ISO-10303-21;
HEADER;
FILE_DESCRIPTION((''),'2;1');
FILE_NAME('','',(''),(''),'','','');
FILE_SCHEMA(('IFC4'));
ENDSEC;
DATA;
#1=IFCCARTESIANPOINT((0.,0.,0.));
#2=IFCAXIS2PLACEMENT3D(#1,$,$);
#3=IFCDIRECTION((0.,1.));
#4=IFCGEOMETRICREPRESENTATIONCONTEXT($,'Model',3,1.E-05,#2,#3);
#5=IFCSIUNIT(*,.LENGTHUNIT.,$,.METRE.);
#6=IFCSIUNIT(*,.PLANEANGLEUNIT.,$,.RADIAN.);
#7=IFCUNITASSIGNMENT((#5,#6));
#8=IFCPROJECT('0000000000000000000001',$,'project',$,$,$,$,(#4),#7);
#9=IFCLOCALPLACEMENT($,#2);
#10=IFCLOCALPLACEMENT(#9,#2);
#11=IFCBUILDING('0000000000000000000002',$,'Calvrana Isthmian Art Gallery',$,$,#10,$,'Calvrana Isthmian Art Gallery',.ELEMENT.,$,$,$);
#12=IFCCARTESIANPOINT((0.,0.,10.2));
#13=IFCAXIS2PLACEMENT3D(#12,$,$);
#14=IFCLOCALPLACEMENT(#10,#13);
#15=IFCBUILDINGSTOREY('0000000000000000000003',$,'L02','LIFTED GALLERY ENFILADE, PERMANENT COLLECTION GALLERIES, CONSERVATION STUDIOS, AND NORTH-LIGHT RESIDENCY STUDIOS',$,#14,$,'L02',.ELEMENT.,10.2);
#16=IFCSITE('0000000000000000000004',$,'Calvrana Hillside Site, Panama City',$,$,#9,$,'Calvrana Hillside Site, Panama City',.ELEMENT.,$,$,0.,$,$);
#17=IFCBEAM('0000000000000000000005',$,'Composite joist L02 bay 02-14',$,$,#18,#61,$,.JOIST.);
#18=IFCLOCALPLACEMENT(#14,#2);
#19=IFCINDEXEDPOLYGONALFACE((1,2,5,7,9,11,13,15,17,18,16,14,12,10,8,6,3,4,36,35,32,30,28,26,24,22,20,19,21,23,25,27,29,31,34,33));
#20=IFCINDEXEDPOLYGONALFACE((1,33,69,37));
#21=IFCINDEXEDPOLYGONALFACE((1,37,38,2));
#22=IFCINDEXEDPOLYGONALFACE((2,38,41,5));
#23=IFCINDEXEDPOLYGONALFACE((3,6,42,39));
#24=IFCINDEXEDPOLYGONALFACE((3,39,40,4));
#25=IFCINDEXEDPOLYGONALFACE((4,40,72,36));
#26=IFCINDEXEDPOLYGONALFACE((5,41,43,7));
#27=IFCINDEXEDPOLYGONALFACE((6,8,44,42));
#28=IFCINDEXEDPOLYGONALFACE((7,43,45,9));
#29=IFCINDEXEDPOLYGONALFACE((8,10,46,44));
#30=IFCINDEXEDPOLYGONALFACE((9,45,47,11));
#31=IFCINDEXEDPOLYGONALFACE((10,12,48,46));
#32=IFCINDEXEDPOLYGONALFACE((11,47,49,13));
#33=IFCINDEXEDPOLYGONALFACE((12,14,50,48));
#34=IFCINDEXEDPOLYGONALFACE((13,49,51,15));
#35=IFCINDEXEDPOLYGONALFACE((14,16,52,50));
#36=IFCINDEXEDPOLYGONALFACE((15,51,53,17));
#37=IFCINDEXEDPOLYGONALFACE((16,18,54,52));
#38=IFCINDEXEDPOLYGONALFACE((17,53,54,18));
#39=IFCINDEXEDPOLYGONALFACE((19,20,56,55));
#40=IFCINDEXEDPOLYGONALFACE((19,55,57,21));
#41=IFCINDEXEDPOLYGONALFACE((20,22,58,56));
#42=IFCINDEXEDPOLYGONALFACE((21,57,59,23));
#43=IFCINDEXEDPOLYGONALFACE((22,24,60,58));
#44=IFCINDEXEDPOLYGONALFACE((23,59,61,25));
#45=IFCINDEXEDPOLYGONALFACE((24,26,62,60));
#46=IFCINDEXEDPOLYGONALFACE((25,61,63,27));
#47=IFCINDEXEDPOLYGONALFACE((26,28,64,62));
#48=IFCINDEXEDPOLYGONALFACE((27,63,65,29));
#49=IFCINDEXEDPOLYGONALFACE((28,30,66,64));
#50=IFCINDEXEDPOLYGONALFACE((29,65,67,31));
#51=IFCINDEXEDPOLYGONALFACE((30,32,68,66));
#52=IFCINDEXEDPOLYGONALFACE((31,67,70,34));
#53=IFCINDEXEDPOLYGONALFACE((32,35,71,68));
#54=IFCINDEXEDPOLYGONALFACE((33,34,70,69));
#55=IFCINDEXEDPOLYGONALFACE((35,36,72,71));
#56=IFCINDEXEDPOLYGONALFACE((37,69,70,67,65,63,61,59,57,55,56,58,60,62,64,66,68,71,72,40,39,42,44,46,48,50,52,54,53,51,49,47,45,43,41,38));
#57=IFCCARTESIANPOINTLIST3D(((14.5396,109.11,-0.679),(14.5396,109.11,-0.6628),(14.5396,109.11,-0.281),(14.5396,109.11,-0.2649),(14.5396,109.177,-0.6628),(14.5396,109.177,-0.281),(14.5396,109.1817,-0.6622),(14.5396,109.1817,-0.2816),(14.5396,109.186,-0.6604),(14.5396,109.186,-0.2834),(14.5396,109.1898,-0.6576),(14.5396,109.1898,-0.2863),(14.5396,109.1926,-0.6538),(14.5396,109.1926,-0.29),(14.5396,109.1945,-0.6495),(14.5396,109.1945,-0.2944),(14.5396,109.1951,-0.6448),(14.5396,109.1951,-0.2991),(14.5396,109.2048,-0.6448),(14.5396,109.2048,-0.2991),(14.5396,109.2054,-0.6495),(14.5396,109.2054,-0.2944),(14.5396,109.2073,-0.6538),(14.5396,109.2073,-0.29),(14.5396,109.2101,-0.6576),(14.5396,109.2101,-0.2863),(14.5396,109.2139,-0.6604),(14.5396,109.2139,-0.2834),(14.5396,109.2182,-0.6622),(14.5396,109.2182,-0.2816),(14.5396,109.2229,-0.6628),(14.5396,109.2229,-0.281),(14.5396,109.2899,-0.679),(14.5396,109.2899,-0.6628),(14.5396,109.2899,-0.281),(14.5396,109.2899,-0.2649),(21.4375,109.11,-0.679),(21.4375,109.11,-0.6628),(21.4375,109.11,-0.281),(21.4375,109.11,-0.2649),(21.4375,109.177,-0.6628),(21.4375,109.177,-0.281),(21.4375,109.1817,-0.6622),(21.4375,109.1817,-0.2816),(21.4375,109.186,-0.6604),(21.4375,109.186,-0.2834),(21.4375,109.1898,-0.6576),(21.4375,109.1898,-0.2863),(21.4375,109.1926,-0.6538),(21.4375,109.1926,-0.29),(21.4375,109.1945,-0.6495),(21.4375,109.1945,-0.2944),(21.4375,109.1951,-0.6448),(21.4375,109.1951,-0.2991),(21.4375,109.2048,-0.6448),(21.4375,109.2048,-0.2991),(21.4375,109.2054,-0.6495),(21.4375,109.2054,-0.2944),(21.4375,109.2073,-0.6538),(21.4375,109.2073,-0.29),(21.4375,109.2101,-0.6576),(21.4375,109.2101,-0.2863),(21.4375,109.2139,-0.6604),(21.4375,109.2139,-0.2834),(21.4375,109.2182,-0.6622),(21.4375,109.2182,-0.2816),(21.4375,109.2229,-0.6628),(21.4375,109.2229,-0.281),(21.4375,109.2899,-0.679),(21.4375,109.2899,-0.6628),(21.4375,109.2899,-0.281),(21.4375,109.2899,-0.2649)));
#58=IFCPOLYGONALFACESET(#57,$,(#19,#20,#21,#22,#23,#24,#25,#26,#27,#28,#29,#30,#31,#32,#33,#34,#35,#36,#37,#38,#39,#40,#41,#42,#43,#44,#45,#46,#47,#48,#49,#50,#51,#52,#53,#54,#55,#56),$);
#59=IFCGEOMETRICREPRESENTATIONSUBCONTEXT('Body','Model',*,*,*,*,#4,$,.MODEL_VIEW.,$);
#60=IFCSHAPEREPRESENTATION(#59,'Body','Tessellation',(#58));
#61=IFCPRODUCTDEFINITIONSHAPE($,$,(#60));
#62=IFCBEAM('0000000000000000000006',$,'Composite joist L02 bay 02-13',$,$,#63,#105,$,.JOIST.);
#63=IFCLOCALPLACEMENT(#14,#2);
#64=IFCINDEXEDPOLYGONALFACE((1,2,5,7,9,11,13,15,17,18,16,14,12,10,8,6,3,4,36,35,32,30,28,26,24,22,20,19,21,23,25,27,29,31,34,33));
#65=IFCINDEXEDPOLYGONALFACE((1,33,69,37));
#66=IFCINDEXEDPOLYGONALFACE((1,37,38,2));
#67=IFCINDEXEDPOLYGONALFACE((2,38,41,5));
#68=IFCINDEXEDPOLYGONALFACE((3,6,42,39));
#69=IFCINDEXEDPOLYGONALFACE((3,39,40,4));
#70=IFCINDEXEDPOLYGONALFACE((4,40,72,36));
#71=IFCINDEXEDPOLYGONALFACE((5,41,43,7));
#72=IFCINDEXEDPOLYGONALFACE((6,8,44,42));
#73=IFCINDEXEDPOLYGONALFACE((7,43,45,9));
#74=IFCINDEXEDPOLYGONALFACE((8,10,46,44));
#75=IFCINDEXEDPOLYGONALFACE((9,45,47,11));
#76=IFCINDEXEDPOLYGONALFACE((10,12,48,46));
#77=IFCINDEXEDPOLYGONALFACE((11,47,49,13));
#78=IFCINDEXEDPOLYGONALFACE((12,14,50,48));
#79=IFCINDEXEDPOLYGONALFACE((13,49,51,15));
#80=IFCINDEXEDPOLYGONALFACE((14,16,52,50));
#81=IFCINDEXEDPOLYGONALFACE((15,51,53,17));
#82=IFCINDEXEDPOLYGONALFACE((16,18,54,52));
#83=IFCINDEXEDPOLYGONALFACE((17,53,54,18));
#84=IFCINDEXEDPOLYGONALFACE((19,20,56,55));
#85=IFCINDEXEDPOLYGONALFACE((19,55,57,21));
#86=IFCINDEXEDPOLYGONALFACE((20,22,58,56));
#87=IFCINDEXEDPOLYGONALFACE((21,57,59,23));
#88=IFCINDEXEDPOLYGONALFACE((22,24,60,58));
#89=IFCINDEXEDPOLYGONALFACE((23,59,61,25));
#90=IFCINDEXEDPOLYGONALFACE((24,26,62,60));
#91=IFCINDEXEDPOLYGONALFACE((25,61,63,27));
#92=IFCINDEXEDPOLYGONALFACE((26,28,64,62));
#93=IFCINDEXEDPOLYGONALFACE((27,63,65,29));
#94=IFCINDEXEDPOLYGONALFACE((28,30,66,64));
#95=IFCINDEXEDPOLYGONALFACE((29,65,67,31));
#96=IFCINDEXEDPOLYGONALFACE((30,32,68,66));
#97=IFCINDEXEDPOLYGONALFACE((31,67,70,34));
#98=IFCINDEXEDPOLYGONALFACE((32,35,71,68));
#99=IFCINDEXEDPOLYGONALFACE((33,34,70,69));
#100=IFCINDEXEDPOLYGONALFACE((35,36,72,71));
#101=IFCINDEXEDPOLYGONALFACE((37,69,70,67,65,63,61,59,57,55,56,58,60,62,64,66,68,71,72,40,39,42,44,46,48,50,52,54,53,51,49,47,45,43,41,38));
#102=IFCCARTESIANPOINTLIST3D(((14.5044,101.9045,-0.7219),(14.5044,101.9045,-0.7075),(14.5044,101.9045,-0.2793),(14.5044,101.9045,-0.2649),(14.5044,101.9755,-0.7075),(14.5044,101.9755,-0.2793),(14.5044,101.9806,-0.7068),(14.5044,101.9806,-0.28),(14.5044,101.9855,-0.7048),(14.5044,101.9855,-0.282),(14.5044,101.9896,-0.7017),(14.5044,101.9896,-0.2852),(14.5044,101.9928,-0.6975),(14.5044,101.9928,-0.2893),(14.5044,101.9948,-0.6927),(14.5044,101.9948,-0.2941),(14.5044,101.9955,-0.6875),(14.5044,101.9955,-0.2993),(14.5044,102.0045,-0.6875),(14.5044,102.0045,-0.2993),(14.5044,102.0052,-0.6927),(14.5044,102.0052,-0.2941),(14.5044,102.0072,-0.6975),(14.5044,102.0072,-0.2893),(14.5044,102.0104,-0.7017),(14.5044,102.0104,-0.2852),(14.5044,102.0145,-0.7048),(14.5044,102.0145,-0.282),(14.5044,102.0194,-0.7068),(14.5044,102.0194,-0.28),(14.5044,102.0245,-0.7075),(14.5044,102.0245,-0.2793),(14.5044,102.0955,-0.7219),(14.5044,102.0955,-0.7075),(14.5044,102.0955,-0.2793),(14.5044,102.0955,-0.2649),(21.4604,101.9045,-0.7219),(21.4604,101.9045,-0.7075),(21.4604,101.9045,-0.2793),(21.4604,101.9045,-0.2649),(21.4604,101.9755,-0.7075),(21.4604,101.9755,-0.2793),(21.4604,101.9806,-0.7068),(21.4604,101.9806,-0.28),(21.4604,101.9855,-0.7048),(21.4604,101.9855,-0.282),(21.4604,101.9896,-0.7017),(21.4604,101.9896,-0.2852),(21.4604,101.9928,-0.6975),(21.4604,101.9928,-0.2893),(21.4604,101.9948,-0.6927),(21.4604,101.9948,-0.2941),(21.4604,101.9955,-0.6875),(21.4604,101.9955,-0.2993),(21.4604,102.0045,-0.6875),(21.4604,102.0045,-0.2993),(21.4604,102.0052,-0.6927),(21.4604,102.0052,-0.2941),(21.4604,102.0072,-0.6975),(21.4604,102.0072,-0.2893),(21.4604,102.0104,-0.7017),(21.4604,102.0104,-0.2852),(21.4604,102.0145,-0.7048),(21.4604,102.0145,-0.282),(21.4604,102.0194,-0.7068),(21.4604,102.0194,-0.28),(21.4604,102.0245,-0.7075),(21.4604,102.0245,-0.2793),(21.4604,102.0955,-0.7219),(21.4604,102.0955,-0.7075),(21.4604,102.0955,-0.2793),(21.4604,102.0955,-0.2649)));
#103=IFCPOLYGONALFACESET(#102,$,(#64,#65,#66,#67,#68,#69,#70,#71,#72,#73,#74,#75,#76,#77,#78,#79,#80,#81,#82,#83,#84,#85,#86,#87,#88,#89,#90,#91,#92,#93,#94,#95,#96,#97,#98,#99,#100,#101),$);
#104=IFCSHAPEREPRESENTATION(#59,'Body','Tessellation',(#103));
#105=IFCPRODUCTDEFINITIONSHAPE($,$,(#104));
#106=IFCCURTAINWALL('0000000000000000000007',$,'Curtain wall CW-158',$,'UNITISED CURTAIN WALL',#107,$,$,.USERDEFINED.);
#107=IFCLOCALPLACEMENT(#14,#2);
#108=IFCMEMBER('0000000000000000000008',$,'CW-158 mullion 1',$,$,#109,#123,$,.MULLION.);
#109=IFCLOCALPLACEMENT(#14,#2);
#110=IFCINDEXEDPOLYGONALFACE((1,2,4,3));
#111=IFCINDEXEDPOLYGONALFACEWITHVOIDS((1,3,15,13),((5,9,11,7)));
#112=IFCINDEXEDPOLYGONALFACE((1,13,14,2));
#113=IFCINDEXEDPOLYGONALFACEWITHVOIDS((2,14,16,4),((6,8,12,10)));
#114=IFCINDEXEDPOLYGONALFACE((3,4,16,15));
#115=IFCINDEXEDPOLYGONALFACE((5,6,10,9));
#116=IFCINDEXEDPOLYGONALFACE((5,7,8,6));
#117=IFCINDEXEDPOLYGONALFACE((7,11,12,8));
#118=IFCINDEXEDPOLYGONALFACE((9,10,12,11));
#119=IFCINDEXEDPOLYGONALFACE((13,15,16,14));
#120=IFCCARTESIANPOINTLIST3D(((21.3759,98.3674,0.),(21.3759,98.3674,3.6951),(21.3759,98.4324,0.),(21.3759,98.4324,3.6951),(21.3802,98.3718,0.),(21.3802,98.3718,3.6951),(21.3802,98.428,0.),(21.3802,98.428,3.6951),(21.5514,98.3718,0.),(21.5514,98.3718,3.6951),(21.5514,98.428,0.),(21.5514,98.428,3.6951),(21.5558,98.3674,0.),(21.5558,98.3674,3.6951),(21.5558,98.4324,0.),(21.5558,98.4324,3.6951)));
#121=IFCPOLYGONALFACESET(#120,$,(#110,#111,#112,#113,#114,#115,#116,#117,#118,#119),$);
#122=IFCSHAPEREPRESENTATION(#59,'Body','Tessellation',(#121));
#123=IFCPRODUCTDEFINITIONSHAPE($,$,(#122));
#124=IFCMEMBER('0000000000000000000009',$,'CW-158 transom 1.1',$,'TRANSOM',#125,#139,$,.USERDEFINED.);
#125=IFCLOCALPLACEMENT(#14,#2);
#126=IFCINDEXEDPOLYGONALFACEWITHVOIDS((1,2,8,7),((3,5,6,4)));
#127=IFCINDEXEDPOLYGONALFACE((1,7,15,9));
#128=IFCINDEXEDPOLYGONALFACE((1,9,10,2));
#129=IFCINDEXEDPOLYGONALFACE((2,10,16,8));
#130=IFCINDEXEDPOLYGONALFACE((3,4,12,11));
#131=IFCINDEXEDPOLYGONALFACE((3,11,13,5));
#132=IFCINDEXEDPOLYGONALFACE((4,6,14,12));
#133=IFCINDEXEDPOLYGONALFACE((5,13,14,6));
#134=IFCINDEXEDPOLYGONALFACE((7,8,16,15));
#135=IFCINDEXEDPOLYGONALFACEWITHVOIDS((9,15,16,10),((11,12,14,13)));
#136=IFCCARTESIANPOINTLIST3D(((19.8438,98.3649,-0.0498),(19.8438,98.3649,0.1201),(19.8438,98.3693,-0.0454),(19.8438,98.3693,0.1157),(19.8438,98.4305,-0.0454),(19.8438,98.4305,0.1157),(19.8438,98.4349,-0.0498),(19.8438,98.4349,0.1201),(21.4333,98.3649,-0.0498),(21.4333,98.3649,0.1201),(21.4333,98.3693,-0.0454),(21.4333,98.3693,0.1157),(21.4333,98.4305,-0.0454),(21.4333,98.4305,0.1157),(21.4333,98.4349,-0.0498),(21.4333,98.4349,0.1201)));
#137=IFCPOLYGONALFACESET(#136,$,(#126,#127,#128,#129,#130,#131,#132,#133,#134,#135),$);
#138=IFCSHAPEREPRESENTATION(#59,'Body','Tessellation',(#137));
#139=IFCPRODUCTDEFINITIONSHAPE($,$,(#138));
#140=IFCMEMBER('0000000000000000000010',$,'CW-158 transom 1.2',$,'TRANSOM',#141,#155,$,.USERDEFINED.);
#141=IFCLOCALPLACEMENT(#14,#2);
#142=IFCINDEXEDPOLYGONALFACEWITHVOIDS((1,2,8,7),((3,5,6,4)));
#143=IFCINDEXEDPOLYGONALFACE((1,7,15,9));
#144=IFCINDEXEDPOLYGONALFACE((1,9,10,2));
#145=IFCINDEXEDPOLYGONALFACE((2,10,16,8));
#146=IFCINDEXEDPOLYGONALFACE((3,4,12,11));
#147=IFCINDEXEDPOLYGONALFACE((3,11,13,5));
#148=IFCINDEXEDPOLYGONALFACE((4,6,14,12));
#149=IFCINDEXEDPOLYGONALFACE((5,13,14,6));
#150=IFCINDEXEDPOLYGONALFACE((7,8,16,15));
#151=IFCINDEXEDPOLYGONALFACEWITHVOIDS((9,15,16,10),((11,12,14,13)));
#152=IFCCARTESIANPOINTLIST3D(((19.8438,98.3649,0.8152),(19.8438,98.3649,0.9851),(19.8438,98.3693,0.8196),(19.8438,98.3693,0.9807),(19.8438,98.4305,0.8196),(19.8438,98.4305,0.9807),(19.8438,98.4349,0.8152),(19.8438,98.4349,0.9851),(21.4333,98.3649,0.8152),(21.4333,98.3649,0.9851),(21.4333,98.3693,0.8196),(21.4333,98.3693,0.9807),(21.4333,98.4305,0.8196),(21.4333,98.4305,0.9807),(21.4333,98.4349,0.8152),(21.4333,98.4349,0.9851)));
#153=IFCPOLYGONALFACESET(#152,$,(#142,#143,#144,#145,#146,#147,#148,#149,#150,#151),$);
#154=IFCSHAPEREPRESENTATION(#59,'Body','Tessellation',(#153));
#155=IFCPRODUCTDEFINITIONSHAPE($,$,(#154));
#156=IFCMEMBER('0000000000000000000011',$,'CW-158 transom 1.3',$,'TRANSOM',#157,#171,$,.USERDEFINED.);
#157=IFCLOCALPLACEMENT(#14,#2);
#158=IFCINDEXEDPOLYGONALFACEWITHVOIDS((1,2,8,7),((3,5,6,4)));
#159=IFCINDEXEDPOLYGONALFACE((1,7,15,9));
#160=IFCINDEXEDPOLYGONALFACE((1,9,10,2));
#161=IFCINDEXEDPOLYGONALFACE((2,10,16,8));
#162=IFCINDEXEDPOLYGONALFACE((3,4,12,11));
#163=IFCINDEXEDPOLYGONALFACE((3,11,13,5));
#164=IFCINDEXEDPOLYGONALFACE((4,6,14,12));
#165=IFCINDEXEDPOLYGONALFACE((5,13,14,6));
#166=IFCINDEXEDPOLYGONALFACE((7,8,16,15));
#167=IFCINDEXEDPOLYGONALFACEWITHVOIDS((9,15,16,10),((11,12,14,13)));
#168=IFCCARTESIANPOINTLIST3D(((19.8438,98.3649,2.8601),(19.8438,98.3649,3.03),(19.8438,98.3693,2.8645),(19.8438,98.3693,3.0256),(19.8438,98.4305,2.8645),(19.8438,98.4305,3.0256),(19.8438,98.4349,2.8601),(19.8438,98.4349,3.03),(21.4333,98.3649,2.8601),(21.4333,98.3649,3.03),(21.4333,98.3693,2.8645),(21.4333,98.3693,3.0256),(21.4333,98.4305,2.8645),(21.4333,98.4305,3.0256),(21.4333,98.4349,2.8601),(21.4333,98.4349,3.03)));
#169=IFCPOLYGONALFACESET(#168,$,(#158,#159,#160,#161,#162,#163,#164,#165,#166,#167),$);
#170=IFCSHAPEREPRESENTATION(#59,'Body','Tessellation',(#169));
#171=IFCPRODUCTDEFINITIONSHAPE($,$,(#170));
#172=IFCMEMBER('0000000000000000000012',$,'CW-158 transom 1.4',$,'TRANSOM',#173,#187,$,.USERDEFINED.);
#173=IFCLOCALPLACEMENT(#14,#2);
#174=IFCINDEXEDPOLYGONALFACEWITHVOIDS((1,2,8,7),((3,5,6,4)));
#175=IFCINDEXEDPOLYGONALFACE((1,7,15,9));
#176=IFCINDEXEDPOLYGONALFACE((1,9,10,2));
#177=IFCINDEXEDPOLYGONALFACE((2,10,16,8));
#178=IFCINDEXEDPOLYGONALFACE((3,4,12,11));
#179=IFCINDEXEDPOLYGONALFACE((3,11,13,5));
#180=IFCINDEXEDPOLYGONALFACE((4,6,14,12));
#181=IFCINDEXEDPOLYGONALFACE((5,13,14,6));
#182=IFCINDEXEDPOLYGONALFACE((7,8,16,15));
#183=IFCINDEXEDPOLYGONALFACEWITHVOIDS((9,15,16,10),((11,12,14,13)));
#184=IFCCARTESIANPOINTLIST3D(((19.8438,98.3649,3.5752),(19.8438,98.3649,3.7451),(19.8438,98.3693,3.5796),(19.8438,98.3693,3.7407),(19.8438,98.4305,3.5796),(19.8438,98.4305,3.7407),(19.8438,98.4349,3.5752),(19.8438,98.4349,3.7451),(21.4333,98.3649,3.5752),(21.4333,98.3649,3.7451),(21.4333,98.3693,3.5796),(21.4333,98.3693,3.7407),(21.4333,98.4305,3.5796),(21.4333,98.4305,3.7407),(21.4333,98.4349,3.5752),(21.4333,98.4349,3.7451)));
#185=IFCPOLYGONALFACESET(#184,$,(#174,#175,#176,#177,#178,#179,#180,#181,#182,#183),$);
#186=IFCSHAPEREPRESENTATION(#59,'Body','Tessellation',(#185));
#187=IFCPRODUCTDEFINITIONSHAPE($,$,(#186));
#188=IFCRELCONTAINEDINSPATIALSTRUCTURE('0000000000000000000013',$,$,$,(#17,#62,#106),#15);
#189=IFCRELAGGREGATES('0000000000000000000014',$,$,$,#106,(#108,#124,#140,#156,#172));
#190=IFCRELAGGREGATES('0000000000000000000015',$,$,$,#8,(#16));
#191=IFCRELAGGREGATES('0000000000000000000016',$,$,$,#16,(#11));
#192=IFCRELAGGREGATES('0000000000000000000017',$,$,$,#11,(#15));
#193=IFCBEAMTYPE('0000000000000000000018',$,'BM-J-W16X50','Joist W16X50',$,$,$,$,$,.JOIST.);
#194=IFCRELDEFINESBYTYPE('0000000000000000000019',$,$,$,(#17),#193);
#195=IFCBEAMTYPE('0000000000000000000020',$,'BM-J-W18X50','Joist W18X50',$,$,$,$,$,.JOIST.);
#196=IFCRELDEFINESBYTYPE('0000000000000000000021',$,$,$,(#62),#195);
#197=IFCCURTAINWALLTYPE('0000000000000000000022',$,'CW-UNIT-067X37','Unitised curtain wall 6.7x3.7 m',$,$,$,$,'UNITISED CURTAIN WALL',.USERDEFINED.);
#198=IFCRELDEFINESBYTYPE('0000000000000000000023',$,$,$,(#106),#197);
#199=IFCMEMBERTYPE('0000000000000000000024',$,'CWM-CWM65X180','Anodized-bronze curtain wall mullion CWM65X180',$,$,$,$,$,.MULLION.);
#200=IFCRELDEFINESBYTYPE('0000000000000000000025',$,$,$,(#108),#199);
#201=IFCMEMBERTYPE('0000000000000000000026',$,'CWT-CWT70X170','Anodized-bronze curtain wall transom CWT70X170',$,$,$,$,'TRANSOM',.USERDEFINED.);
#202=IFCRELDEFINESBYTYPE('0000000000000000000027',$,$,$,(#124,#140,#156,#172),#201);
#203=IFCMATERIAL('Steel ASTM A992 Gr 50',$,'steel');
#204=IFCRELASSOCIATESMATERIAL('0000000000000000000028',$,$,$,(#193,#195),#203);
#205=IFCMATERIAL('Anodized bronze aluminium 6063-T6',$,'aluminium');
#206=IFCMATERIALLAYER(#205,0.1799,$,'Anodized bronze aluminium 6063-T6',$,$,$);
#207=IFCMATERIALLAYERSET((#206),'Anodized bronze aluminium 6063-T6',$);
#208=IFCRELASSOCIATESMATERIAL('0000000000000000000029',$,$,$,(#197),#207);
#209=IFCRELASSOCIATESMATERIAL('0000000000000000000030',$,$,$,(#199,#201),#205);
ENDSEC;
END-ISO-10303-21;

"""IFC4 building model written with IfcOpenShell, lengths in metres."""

from ifc_helpers import new_model, si_unit, direction, frame, origin, origin_2d, place, context, subcontext, project, spatial, hollow_rectangle, i_section, extrude, material, layer, layer_set, material_profile, profile_set, type_object, element, aggregate, save


model = new_model("IFC4")

# Units and contexts
model_context = context("Model", 3, precision=1e-05, world=origin(), true_north=direction((0.0, 1.0)))
body_context = subcontext(model_context, "Body", "Model", "MODEL_VIEW")
ifc_project = project(units=[si_unit("LENGTHUNIT", "METRE"), si_unit("PLANEANGLEUNIT", "RADIAN")], contexts=[model_context])

# Site, building, storey
site_placement = place(None, origin())
site = spatial("IfcSite", under=ifc_project, at=site_placement, Name="Calvrana Hillside Site, Panama City", LongName="Calvrana Hillside Site, Panama City", CompositionType="ELEMENT", RefElevation=0.0)
building_placement = place(site_placement, origin())
building = spatial("IfcBuilding", under=site, at=building_placement, Name="Calvrana Isthmian Art Gallery", LongName="Calvrana Isthmian Art Gallery", CompositionType="ELEMENT")
storey_placement = place(building_placement, frame((0.0, 0.0, 10.2)))
storey = spatial("IfcBuildingStorey", under=building, at=storey_placement, Name="L02", Description="LIFTED GALLERY ENFILADE, PERMANENT COLLECTION GALLERIES, CONSERVATION STUDIOS, AND NORTH-LIGHT RESIDENCY STUDIOS", LongName="L02", CompositionType="ELEMENT", Elevation=10.2)

# Beams
ifc_material_1 = material(Name="Steel ASTM A992 Gr 50", Category="steel")
ifc_material_profile_1 = material_profile(ifc_material_1, i_section(OverallWidth=0.1799, OverallDepth=0.4141, WebThickness=0.0098, FlangeThickness=0.0161, FilletRadius=0.0181, at=origin_2d()), Name="W16X50")
ifc_profile_set_1 = profile_set([ifc_material_profile_1], Name="Steel ASTM A992 Gr 50")
beam_type_1 = type_object("IfcBeamType", Name="BM-J-W16X50", Description="Joist W16X50", PredefinedType="JOIST", material=ifc_profile_set_1)
beam_1_placement = place(storey_placement, frame((14.5396, 109.2, -0.4719), z_axis=(1.0, 0.0, 0.0), x_axis=(0.0, 1.0, 0.0)))
element("IfcBeam", 1, at=beam_1_placement, inside=storey, type_object=beam_type_1, Name="Composite joist L02 bay 02-14", PredefinedType="JOIST", context=body_context, shape_type="SweptSolid", body=[
    extrude(i_section(OverallWidth=0.1799, OverallDepth=0.4141, WebThickness=0.0098, FlangeThickness=0.0161, FilletRadius=0.0181, at=origin_2d()), origin(), (0.0, 0.0, 1.0), 6.8979),
])
ifc_material_profile_2 = material_profile(ifc_material_1, i_section(OverallWidth=0.1909, OverallDepth=0.457, WebThickness=0.009, FlangeThickness=0.0144, FilletRadius=0.02, at=origin_2d()), Name="W18X50")
ifc_profile_set_2 = profile_set([ifc_material_profile_2], Name="Steel ASTM A992 Gr 50")
beam_type_2 = type_object("IfcBeamType", Name="BM-J-W18X50", Description="Joist W18X50", PredefinedType="JOIST", material=ifc_profile_set_2)
beam_2_placement = place(storey_placement, frame((14.5044, 102.0, -0.4934), z_axis=(1.0, 0.0, 0.0), x_axis=(0.0, 1.0, 0.0)))
element("IfcBeam", 2, at=beam_2_placement, inside=storey, type_object=beam_type_2, Name="Composite joist L02 bay 02-13", PredefinedType="JOIST", context=body_context, shape_type="SweptSolid", body=[
    extrude(i_section(OverallWidth=0.1909, OverallDepth=0.457, WebThickness=0.009, FlangeThickness=0.0144, FilletRadius=0.02, at=origin_2d()), origin(), (0.0, 0.0, 1.0), 6.9561),
])

# Curtain wall, members
ifc_material_2 = material(Name="Anodized bronze aluminium 6063-T6", Category="aluminium")
ifc_layer_1 = layer(ifc_material_2, 0.1799, Name="Anodized bronze aluminium 6063-T6")
ifc_layer_set_1 = layer_set([ifc_layer_1], Name="Anodized bronze aluminium 6063-T6")
curtain_wall_type = type_object("IfcCurtainWallType", Name="CW-UNIT-067X37", Description="Unitised curtain wall 6.7x3.7 m", ElementType="UNITISED CURTAIN WALL", PredefinedType="USERDEFINED", material=ifc_layer_set_1)
curtain_wall_placement = place(storey_placement, origin())
curtain_wall = element("IfcCurtainWall", 3, at=curtain_wall_placement, inside=storey, type_object=curtain_wall_type, Name="Curtain wall CW-158", ObjectType="UNITISED CURTAIN WALL", PredefinedType="USERDEFINED")
ifc_material_profile_3 = material_profile(ifc_material_2, hollow_rectangle(XDim=0.0649, YDim=0.1799, WallThickness=0.0044, at=origin_2d()), Name="CWM65X180")
ifc_profile_set_3 = profile_set([ifc_material_profile_3], Name="Anodized bronze aluminium 6063-T6")
member_type_1 = type_object("IfcMemberType", Name="CWM-CWM65X180", Description="Anodized-bronze curtain wall mullion CWM65X180", PredefinedType="MULLION", material=ifc_profile_set_3)
member_1_placement = place(storey_placement, frame((21.4658, 98.3999, 0.0), z_axis=(0.0, 0.0, 1.0), x_axis=(0.0, -1.0, 0.0)))
member_1 = element("IfcMember", 4, at=member_1_placement, type_object=member_type_1, Name="CW-158 mullion 1", PredefinedType="MULLION", context=body_context, shape_type="SweptSolid", body=[
    extrude(hollow_rectangle(XDim=0.0649, YDim=0.1799, WallThickness=0.0044, at=origin_2d()), origin(), (0.0, 0.0, 1.0), 3.6951),
])
ifc_material_profile_4 = material_profile(ifc_material_2, hollow_rectangle(XDim=0.0701, YDim=0.1699, WallThickness=0.0044, at=origin_2d()), Name="CWT70X170")
ifc_profile_set_4 = profile_set([ifc_material_profile_4], Name="Anodized bronze aluminium 6063-T6")
member_type_2 = type_object("IfcMemberType", Name="CWT-CWT70X170", Description="Anodized-bronze curtain wall transom CWT70X170", ElementType="TRANSOM", PredefinedType="USERDEFINED", material=ifc_profile_set_4)
member_2_placement = place(storey_placement, frame((21.4333, 98.3999, 0.0352), z_axis=(-1.0, 0.0, 0.0), x_axis=(0.0, -1.0, 0.0)))
member_2 = element("IfcMember", 5, at=member_2_placement, type_object=member_type_2, Name="CW-158 transom 1.1", ObjectType="TRANSOM", PredefinedType="USERDEFINED", context=body_context, shape_type="SweptSolid", body=[
    extrude(hollow_rectangle(XDim=0.0701, YDim=0.1699, WallThickness=0.0044, at=origin_2d()), origin(), (0.0, 0.0, 1.0), 1.5896),
])
member_3_placement = place(storey_placement, frame((21.4333, 98.3999, 0.9001), z_axis=(-1.0, 0.0, 0.0), x_axis=(0.0, -1.0, 0.0)))
member_3 = element("IfcMember", 6, at=member_3_placement, type_object=member_type_2, Name="CW-158 transom 1.2", ObjectType="TRANSOM", PredefinedType="USERDEFINED", context=body_context, shape_type="SweptSolid", body=[
    extrude(hollow_rectangle(XDim=0.0701, YDim=0.1699, WallThickness=0.0044, at=origin_2d()), origin(), (0.0, 0.0, 1.0), 1.5896),
])
member_4_placement = place(storey_placement, frame((21.4333, 98.3999, 2.9451), z_axis=(-1.0, 0.0, 0.0), x_axis=(0.0, -1.0, 0.0)))
member_4 = element("IfcMember", 7, at=member_4_placement, type_object=member_type_2, Name="CW-158 transom 1.3", ObjectType="TRANSOM", PredefinedType="USERDEFINED", context=body_context, shape_type="SweptSolid", body=[
    extrude(hollow_rectangle(XDim=0.0701, YDim=0.1699, WallThickness=0.0044, at=origin_2d()), origin(), (0.0, 0.0, 1.0), 1.5896),
])
member_5_placement = place(storey_placement, frame((21.4333, 98.3999, 3.6602), z_axis=(-1.0, 0.0, 0.0), x_axis=(0.0, -1.0, 0.0)))
member_5 = element("IfcMember", 8, at=member_5_placement, type_object=member_type_2, Name="CW-158 transom 1.4", ObjectType="TRANSOM", PredefinedType="USERDEFINED", context=body_context, shape_type="SweptSolid", body=[
    extrude(hollow_rectangle(XDim=0.0701, YDim=0.1699, WallThickness=0.0044, at=origin_2d()), origin(), (0.0, 0.0, 1.0), 1.5896),
])
aggregate(curtain_wall, [member_1, member_2, member_3, member_4, member_5])

save(model, "model.ifc")
